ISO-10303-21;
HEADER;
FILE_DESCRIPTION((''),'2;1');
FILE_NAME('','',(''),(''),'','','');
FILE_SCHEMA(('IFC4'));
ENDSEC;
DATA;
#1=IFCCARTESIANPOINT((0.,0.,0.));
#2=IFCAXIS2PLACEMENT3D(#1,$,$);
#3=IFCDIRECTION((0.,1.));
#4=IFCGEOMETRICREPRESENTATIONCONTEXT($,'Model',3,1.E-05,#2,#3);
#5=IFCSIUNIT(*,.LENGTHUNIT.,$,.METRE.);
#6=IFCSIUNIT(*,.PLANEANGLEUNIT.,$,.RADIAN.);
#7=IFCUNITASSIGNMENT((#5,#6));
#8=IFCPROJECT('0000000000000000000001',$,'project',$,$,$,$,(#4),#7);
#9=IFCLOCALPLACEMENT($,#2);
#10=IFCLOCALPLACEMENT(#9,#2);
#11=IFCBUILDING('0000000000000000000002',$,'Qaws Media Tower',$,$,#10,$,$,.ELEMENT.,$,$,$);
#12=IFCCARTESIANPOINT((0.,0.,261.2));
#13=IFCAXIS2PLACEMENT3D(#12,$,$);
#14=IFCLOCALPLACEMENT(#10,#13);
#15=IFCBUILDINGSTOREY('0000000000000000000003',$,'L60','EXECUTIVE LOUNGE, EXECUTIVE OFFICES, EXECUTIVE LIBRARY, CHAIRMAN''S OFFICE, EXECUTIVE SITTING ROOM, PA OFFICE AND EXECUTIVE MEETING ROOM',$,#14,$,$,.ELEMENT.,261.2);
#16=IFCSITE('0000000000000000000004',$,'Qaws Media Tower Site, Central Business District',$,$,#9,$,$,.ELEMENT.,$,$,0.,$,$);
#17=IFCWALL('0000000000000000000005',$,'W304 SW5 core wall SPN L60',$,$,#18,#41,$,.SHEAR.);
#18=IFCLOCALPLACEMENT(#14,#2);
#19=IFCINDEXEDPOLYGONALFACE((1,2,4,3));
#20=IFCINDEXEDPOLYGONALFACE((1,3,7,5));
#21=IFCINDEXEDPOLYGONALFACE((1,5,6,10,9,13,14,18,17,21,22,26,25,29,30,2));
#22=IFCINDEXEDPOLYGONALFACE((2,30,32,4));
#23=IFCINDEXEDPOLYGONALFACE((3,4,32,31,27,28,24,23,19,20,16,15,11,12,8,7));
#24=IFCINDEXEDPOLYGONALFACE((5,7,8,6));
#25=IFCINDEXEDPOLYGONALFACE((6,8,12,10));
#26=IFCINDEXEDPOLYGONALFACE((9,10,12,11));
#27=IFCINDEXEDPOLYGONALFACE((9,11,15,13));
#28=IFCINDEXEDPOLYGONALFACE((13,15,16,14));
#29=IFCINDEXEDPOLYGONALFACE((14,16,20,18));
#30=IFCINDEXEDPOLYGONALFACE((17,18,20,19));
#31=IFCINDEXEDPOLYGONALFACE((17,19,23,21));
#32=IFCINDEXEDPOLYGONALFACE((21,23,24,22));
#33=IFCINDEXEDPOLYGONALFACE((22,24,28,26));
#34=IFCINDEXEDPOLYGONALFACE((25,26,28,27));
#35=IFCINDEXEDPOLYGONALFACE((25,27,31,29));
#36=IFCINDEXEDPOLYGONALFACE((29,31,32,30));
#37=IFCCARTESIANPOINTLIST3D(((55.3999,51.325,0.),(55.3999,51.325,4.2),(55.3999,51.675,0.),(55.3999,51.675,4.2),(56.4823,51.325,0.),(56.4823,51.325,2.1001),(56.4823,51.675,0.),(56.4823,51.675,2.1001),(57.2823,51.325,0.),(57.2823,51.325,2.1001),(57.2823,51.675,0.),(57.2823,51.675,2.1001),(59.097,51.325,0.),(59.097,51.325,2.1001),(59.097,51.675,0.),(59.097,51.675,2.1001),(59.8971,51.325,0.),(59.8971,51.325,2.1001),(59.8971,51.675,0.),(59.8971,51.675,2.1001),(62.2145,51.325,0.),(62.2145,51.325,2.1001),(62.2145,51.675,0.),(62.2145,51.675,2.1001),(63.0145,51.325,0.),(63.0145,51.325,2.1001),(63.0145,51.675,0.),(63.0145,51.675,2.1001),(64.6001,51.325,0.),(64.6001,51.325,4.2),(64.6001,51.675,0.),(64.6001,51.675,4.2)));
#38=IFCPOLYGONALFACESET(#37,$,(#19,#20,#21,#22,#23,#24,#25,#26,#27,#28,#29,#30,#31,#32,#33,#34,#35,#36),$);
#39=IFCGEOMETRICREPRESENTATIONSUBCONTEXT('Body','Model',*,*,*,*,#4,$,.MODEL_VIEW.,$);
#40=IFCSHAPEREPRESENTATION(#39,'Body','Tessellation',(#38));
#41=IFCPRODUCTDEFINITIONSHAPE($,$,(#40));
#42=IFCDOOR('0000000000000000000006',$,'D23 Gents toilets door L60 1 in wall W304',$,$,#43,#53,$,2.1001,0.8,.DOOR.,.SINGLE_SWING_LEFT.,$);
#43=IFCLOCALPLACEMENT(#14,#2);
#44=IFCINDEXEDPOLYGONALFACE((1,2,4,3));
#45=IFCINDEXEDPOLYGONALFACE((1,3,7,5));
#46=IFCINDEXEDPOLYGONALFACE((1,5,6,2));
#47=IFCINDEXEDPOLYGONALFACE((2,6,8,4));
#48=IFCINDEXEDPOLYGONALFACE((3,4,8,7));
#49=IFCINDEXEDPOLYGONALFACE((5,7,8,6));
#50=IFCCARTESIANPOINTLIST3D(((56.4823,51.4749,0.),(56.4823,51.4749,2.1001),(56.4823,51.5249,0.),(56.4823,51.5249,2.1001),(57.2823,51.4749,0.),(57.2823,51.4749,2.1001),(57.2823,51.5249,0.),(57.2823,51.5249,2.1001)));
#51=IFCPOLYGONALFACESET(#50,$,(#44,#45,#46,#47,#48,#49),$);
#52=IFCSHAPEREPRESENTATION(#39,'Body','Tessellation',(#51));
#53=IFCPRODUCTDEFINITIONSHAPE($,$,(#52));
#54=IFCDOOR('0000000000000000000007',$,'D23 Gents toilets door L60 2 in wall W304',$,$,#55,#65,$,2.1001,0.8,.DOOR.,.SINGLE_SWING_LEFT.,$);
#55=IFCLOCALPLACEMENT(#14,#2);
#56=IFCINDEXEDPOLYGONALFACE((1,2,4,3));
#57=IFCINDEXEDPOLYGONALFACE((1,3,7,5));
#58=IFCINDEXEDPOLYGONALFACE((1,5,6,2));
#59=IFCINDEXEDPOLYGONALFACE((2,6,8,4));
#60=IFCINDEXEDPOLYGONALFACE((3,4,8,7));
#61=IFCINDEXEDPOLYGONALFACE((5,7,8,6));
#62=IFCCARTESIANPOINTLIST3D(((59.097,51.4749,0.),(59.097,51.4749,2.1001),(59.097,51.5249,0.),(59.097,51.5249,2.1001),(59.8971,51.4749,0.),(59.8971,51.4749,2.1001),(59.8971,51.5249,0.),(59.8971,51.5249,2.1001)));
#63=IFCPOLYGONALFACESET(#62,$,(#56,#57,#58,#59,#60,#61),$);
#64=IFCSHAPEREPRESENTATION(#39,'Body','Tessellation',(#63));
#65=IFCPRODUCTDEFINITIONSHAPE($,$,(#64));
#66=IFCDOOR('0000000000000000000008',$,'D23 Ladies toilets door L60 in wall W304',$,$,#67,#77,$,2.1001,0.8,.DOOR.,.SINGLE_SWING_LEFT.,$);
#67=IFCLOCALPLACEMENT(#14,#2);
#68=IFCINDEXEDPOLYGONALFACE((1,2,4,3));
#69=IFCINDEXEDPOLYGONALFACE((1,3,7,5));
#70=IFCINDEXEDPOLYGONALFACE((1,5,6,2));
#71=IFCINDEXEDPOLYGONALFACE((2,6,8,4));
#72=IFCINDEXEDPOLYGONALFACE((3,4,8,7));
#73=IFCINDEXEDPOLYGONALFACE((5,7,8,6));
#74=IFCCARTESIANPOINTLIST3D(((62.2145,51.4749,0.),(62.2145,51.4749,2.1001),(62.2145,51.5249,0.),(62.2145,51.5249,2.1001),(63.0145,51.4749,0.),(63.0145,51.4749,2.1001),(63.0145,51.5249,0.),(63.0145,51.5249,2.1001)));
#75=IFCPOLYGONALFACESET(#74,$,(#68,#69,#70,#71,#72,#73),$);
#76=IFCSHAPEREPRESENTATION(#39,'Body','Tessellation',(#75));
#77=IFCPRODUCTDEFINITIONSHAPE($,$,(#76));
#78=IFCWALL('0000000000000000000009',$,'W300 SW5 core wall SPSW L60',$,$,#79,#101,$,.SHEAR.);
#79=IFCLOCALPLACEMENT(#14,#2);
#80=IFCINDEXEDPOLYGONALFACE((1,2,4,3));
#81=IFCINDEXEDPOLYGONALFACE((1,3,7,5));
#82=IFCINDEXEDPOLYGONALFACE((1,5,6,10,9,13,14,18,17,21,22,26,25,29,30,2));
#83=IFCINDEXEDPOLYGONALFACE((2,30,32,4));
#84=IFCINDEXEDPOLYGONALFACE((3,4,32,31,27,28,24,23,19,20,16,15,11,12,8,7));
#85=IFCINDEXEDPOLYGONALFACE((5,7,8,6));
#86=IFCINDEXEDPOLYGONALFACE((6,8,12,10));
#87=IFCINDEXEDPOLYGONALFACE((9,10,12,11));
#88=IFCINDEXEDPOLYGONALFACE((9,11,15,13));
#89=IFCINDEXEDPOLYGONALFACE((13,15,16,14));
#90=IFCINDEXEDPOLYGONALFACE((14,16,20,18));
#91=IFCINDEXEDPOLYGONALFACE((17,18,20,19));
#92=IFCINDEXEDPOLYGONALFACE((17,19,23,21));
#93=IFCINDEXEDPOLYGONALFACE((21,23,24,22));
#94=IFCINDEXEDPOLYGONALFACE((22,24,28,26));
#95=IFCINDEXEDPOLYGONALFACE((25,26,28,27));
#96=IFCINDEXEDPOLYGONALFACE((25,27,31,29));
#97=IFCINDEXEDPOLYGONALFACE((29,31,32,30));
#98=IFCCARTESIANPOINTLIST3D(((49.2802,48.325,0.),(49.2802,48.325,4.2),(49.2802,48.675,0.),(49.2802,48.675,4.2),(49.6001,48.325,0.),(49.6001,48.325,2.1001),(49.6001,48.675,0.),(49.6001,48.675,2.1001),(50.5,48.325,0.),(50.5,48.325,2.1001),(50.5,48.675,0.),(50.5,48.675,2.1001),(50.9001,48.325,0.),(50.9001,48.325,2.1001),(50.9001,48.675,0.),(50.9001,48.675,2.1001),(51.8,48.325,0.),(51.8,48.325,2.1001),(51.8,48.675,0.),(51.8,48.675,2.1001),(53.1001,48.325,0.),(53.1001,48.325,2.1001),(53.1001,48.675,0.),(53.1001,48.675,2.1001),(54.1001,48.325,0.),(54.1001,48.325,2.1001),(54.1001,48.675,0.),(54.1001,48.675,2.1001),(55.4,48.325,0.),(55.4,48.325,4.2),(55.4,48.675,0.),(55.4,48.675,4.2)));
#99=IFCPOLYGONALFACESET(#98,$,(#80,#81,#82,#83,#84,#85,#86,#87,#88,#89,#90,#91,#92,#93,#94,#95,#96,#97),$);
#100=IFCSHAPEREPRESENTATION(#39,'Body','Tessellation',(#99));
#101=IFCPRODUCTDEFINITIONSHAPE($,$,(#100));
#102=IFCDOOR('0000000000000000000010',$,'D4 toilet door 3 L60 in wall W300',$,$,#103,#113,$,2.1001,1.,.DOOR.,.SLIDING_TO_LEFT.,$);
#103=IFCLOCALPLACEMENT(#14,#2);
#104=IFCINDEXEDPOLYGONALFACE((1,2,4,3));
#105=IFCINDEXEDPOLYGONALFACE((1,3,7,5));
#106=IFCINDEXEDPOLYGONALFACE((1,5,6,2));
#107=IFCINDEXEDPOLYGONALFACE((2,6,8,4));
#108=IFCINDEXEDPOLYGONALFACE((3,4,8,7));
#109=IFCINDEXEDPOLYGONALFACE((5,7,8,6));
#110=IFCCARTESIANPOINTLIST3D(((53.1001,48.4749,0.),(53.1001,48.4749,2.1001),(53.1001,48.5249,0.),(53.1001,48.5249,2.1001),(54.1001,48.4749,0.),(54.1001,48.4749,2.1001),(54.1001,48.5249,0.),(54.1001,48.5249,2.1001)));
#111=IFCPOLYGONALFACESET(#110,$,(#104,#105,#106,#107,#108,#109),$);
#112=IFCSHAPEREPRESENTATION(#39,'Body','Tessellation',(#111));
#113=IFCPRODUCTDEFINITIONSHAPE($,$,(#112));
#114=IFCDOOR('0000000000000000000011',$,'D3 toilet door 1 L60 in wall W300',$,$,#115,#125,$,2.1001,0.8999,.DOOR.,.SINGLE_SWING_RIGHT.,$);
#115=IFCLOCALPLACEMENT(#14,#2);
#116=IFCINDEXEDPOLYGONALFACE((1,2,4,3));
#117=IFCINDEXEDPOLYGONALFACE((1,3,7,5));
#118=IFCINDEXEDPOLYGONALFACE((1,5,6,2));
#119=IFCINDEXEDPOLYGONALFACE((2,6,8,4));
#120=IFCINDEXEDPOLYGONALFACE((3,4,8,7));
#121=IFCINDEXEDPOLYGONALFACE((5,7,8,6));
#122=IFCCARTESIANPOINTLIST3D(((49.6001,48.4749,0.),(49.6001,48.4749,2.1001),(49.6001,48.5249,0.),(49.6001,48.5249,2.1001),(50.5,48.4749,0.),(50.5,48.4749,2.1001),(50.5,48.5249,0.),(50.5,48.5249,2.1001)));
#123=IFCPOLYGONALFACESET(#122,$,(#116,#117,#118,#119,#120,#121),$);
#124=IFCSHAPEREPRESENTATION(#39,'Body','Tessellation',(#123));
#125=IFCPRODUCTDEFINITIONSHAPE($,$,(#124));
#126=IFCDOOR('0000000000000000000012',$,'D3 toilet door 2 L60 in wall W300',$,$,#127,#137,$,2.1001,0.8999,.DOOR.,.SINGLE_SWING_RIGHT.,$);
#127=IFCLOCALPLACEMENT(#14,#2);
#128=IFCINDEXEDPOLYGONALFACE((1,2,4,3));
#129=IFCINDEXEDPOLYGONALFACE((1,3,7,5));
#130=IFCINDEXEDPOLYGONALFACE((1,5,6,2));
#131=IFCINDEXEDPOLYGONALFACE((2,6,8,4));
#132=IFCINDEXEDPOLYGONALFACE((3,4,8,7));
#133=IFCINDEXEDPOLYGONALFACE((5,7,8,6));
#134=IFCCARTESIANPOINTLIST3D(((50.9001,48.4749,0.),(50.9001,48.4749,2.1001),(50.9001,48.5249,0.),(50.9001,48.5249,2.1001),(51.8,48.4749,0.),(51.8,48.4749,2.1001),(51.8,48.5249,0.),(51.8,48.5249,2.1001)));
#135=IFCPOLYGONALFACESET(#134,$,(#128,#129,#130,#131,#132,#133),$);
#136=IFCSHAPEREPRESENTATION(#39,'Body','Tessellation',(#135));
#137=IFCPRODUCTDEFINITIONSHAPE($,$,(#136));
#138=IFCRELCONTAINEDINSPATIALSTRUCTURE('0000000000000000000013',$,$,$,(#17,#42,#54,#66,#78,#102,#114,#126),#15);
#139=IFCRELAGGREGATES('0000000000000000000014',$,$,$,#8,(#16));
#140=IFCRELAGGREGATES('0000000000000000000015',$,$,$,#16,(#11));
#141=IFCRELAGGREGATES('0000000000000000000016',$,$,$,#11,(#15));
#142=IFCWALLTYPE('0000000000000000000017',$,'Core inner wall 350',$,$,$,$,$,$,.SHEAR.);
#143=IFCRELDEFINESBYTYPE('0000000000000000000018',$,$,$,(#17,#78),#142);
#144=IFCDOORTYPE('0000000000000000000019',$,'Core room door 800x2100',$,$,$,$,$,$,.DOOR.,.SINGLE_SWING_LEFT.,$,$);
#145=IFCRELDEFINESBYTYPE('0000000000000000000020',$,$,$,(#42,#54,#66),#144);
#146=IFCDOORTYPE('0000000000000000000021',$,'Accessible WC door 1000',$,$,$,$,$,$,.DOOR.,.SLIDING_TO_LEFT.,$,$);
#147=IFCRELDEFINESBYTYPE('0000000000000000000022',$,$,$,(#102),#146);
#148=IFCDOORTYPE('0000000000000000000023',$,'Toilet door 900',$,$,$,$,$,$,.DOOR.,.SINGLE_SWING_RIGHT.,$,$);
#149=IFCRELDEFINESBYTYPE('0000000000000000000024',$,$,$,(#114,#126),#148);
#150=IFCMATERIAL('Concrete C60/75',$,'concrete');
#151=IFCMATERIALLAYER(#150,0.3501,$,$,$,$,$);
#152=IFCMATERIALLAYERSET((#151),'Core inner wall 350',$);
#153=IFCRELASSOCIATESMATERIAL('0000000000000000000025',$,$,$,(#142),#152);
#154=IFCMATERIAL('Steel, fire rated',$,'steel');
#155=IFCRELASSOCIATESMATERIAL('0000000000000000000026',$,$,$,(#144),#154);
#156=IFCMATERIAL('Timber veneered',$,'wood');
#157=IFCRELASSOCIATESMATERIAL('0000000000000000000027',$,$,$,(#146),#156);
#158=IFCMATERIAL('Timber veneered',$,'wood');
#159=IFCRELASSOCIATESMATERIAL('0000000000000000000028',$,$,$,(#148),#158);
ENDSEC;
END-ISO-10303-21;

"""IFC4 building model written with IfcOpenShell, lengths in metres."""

from ifc_helpers import new_model, si_unit, direction, frame, frame_2d, origin, place, context, subcontext, project, spatial, rectangle, extrude, material, layer, layer_set, type_object, element, fill, save


model = new_model("IFC4")

# Units and contexts
model_context = context("Model", 3, precision=1e-05, world=origin(), true_north=direction((0.0, 1.0)))
body_context = subcontext(model_context, "Body", "Model", "MODEL_VIEW")
ifc_project = project(units=[si_unit("LENGTHUNIT", "METRE"), si_unit("PLANEANGLEUNIT", "RADIAN")], contexts=[model_context])

# Site, building, storey
site_placement = place(None, origin())
site = spatial("IfcSite", under=ifc_project, at=site_placement, Name="Qaws Media Tower Site, Central Business District", CompositionType="ELEMENT", RefElevation=0.0)
building_placement = place(site_placement, origin())
building = spatial("IfcBuilding", under=site, at=building_placement, Name="Qaws Media Tower", CompositionType="ELEMENT")
storey_placement = place(building_placement, frame((0.0, 0.0, 261.2)))
storey = spatial("IfcBuildingStorey", under=building, at=storey_placement, Name="L60", Description="EXECUTIVE LOUNGE, EXECUTIVE OFFICES, EXECUTIVE LIBRARY, CHAIRMAN'S OFFICE, EXECUTIVE SITTING ROOM, PA OFFICE AND EXECUTIVE MEETING ROOM", CompositionType="ELEMENT", Elevation=261.2)

# Shared definitions
ifc_material_1 = material(Name="Concrete C60/75", Category="concrete")
ifc_layer_1 = layer(ifc_material_1, 0.3501)
ifc_layer_set_1 = layer_set([ifc_layer_1], Name="Core inner wall 350")
wall_type_1 = type_object("IfcWallType", Name="Core inner wall 350", PredefinedType="SHEAR", material=ifc_layer_set_1)

# Walls, openings, doors
wall_1_placement = place(storey_placement, frame((55.3999, 51.5, 0.0), z_axis=(0.0, 0.0, 1.0), x_axis=(1.0, 0.0, 0.0)))
wall_1 = element("IfcWall", 1, at=wall_1_placement, inside=storey, type_object=wall_type_1, Name="W304 SW5 core wall SPN L60", PredefinedType="SHEAR", context=body_context, shape_type="SweptSolid", body=[
    extrude(rectangle(XDim=9.2002, YDim=0.3501, at=frame_2d((4.6001, 0.0))), origin(), (0.0, 0.0, 1.0), 4.2),
])
opening_1_placement = place(wall_1_placement, frame((1.0825, 0.0, 0.0)))
opening_1 = element("IfcOpeningElement", 2, at=opening_1_placement, cuts=wall_1, PredefinedType="OPENING", context=body_context, shape_type="SweptSolid", body=[
    extrude(rectangle(XDim=0.8, YDim=2.1001, at=frame_2d((0.3999, 1.05))), frame((0.0, 0.1851, 0.0), z_axis=(0.0, -1.0, 0.0), x_axis=(1.0, 0.0, 0.0)), (0.0, 0.0, 1.0), 0.3701),
])
opening_2_placement = place(wall_1_placement, frame((3.6973, 0.0, 0.0)))
opening_2 = element("IfcOpeningElement", 3, at=opening_2_placement, cuts=wall_1, PredefinedType="OPENING", context=body_context, shape_type="SweptSolid", body=[
    extrude(rectangle(XDim=0.8, YDim=2.1001, at=frame_2d((0.3999, 1.05))), frame((0.0, 0.1851, 0.0), z_axis=(0.0, -1.0, 0.0), x_axis=(1.0, 0.0, 0.0)), (0.0, 0.0, 1.0), 0.3701),
])
opening_3_placement = place(wall_1_placement, frame((6.8147, 0.0, 0.0)))
opening_3 = element("IfcOpeningElement", 4, at=opening_3_placement, cuts=wall_1, PredefinedType="OPENING", context=body_context, shape_type="SweptSolid", body=[
    extrude(rectangle(XDim=0.8, YDim=2.1001, at=frame_2d((0.3999, 1.05))), frame((0.0, 0.1851, 0.0), z_axis=(0.0, -1.0, 0.0), x_axis=(1.0, 0.0, 0.0)), (0.0, 0.0, 1.0), 0.3701),
])
ifc_material_2 = material(Name="Steel, fire rated", Category="steel")
door_type_1 = type_object("IfcDoorType", Name="Core room door 800x2100", OperationType="SINGLE_SWING_LEFT", PredefinedType="DOOR", material=ifc_material_2)
door_1_placement = place(opening_1_placement, origin())
door_1 = element("IfcDoor", 5, at=door_1_placement, inside=storey, type_object=door_type_1, Name="D23 Gents toilets door L60 1 in wall W304", OperationType="SINGLE_SWING_LEFT", OverallHeight=2.1001, OverallWidth=0.8, PredefinedType="DOOR", context=body_context, shape_type="SweptSolid", body=[
    extrude(rectangle(XDim=0.8, YDim=2.1001, at=frame_2d((0.3999, 1.05))), frame((0.0, 0.0249, 0.0), z_axis=(0.0, -1.0, 0.0), x_axis=(1.0, 0.0, 0.0)), (0.0, 0.0, 1.0), 0.05),
])
fill(opening_1, door_1)
door_2_placement = place(opening_2_placement, origin())
door_2 = element("IfcDoor", 6, at=door_2_placement, inside=storey, type_object=door_type_1, Name="D23 Gents toilets door L60 2 in wall W304", OperationType="SINGLE_SWING_LEFT", OverallHeight=2.1001, OverallWidth=0.8, PredefinedType="DOOR", context=body_context, shape_type="SweptSolid", body=[
    extrude(rectangle(XDim=0.8, YDim=2.1001, at=frame_2d((0.3999, 1.05))), frame((0.0, 0.0249, 0.0), z_axis=(0.0, -1.0, 0.0), x_axis=(1.0, 0.0, 0.0)), (0.0, 0.0, 1.0), 0.05),
])
fill(opening_2, door_2)
door_3_placement = place(opening_3_placement, origin())
door_3 = element("IfcDoor", 7, at=door_3_placement, inside=storey, type_object=door_type_1, Name="D23 Ladies toilets door L60 in wall W304", OperationType="SINGLE_SWING_LEFT", OverallHeight=2.1001, OverallWidth=0.8, PredefinedType="DOOR", context=body_context, shape_type="SweptSolid", body=[
    extrude(rectangle(XDim=0.8, YDim=2.1001, at=frame_2d((0.3999, 1.05))), frame((0.0, 0.0249, 0.0), z_axis=(0.0, -1.0, 0.0), x_axis=(1.0, 0.0, 0.0)), (0.0, 0.0, 1.0), 0.05),
])
fill(opening_3, door_3)
wall_2_placement = place(storey_placement, frame((49.28, 48.5, 0.0), z_axis=(0.0, 0.0, 1.0), x_axis=(1.0, 0.0, 0.0)))
wall_2 = element("IfcWall", 8, at=wall_2_placement, inside=storey, type_object=wall_type_1, Name="W300 SW5 core wall SPSW L60", PredefinedType="SHEAR", context=body_context, shape_type="SweptSolid", body=[
    extrude(rectangle(XDim=6.1199, YDim=0.3501, at=frame_2d((3.0601, 0.0))), origin(), (0.0, 0.0, 1.0), 4.2),
])
opening_4_placement = place(wall_2_placement, frame((0.3201, 0.0, 0.0)))
opening_4 = element("IfcOpeningElement", 9, at=opening_4_placement, cuts=wall_2, PredefinedType="OPENING", context=body_context, shape_type="SweptSolid", body=[
    extrude(rectangle(XDim=0.8999, YDim=2.1001, at=frame_2d((0.45, 1.05))), frame((0.0, 0.1851, 0.0), z_axis=(0.0, -1.0, 0.0), x_axis=(1.0, 0.0, 0.0)), (0.0, 0.0, 1.0), 0.3701),
])
opening_5_placement = place(wall_2_placement, frame((1.6201, 0.0, 0.0)))
opening_5 = element("IfcOpeningElement", 10, at=opening_5_placement, cuts=wall_2, PredefinedType="OPENING", context=body_context, shape_type="SweptSolid", body=[
    extrude(rectangle(XDim=0.8999, YDim=2.1001, at=frame_2d((0.45, 1.05))), frame((0.0, 0.1851, 0.0), z_axis=(0.0, -1.0, 0.0), x_axis=(1.0, 0.0, 0.0)), (0.0, 0.0, 1.0), 0.3701),
])
opening_6_placement = place(wall_2_placement, frame((3.8201, 0.0, 0.0)))
opening_6 = element("IfcOpeningElement", 11, at=opening_6_placement, cuts=wall_2, PredefinedType="OPENING", context=body_context, shape_type="SweptSolid", body=[
    extrude(rectangle(XDim=1.0, YDim=2.1001, at=frame_2d((0.5, 1.05))), frame((0.0, 0.1851, 0.0), z_axis=(0.0, -1.0, 0.0), x_axis=(1.0, 0.0, 0.0)), (0.0, 0.0, 1.0), 0.3701),
])
ifc_material_3 = material(Name="Timber veneered", Category="wood")
door_type_2 = type_object("IfcDoorType", Name="Accessible WC door 1000", OperationType="SLIDING_TO_LEFT", PredefinedType="DOOR", material=ifc_material_3)
door_4_placement = place(opening_6_placement, origin())
door_4 = element("IfcDoor", 12, at=door_4_placement, inside=storey, type_object=door_type_2, Name="D4 toilet door 3 L60 in wall W300", OperationType="SLIDING_TO_LEFT", OverallHeight=2.1001, OverallWidth=1.0, PredefinedType="DOOR", context=body_context, shape_type="SweptSolid", body=[
    extrude(rectangle(XDim=1.0, YDim=2.1001, at=frame_2d((0.5, 1.05))), frame((0.0, 0.0249, 0.0), z_axis=(0.0, -1.0, 0.0), x_axis=(1.0, 0.0, 0.0)), (0.0, 0.0, 1.0), 0.05),
])
fill(opening_6, door_4)
ifc_material_4 = material(Name="Timber veneered", Category="wood")
door_type_3 = type_object("IfcDoorType", Name="Toilet door 900", OperationType="SINGLE_SWING_RIGHT", PredefinedType="DOOR", material=ifc_material_4)
door_5_placement = place(opening_4_placement, origin())
door_5 = element("IfcDoor", 13, at=door_5_placement, inside=storey, type_object=door_type_3, Name="D3 toilet door 1 L60 in wall W300", OperationType="SINGLE_SWING_RIGHT", OverallHeight=2.1001, OverallWidth=0.8999, PredefinedType="DOOR", context=body_context, shape_type="SweptSolid", body=[
    extrude(rectangle(XDim=0.8999, YDim=2.1001, at=frame_2d((0.45, 1.05))), frame((0.0, 0.0249, 0.0), z_axis=(0.0, -1.0, 0.0), x_axis=(1.0, 0.0, 0.0)), (0.0, 0.0, 1.0), 0.05),
])
fill(opening_4, door_5)
door_6_placement = place(opening_5_placement, origin())
door_6 = element("IfcDoor", 14, at=door_6_placement, inside=storey, type_object=door_type_3, Name="D3 toilet door 2 L60 in wall W300", OperationType="SINGLE_SWING_RIGHT", OverallHeight=2.1001, OverallWidth=0.8999, PredefinedType="DOOR", context=body_context, shape_type="SweptSolid", body=[
    extrude(rectangle(XDim=0.8999, YDim=2.1001, at=frame_2d((0.45, 1.05))), frame((0.0, 0.0249, 0.0), z_axis=(0.0, -1.0, 0.0), x_axis=(1.0, 0.0, 0.0)), (0.0, 0.0, 1.0), 0.05),
])
fill(opening_5, door_6)

save(model, "model.ifc")
